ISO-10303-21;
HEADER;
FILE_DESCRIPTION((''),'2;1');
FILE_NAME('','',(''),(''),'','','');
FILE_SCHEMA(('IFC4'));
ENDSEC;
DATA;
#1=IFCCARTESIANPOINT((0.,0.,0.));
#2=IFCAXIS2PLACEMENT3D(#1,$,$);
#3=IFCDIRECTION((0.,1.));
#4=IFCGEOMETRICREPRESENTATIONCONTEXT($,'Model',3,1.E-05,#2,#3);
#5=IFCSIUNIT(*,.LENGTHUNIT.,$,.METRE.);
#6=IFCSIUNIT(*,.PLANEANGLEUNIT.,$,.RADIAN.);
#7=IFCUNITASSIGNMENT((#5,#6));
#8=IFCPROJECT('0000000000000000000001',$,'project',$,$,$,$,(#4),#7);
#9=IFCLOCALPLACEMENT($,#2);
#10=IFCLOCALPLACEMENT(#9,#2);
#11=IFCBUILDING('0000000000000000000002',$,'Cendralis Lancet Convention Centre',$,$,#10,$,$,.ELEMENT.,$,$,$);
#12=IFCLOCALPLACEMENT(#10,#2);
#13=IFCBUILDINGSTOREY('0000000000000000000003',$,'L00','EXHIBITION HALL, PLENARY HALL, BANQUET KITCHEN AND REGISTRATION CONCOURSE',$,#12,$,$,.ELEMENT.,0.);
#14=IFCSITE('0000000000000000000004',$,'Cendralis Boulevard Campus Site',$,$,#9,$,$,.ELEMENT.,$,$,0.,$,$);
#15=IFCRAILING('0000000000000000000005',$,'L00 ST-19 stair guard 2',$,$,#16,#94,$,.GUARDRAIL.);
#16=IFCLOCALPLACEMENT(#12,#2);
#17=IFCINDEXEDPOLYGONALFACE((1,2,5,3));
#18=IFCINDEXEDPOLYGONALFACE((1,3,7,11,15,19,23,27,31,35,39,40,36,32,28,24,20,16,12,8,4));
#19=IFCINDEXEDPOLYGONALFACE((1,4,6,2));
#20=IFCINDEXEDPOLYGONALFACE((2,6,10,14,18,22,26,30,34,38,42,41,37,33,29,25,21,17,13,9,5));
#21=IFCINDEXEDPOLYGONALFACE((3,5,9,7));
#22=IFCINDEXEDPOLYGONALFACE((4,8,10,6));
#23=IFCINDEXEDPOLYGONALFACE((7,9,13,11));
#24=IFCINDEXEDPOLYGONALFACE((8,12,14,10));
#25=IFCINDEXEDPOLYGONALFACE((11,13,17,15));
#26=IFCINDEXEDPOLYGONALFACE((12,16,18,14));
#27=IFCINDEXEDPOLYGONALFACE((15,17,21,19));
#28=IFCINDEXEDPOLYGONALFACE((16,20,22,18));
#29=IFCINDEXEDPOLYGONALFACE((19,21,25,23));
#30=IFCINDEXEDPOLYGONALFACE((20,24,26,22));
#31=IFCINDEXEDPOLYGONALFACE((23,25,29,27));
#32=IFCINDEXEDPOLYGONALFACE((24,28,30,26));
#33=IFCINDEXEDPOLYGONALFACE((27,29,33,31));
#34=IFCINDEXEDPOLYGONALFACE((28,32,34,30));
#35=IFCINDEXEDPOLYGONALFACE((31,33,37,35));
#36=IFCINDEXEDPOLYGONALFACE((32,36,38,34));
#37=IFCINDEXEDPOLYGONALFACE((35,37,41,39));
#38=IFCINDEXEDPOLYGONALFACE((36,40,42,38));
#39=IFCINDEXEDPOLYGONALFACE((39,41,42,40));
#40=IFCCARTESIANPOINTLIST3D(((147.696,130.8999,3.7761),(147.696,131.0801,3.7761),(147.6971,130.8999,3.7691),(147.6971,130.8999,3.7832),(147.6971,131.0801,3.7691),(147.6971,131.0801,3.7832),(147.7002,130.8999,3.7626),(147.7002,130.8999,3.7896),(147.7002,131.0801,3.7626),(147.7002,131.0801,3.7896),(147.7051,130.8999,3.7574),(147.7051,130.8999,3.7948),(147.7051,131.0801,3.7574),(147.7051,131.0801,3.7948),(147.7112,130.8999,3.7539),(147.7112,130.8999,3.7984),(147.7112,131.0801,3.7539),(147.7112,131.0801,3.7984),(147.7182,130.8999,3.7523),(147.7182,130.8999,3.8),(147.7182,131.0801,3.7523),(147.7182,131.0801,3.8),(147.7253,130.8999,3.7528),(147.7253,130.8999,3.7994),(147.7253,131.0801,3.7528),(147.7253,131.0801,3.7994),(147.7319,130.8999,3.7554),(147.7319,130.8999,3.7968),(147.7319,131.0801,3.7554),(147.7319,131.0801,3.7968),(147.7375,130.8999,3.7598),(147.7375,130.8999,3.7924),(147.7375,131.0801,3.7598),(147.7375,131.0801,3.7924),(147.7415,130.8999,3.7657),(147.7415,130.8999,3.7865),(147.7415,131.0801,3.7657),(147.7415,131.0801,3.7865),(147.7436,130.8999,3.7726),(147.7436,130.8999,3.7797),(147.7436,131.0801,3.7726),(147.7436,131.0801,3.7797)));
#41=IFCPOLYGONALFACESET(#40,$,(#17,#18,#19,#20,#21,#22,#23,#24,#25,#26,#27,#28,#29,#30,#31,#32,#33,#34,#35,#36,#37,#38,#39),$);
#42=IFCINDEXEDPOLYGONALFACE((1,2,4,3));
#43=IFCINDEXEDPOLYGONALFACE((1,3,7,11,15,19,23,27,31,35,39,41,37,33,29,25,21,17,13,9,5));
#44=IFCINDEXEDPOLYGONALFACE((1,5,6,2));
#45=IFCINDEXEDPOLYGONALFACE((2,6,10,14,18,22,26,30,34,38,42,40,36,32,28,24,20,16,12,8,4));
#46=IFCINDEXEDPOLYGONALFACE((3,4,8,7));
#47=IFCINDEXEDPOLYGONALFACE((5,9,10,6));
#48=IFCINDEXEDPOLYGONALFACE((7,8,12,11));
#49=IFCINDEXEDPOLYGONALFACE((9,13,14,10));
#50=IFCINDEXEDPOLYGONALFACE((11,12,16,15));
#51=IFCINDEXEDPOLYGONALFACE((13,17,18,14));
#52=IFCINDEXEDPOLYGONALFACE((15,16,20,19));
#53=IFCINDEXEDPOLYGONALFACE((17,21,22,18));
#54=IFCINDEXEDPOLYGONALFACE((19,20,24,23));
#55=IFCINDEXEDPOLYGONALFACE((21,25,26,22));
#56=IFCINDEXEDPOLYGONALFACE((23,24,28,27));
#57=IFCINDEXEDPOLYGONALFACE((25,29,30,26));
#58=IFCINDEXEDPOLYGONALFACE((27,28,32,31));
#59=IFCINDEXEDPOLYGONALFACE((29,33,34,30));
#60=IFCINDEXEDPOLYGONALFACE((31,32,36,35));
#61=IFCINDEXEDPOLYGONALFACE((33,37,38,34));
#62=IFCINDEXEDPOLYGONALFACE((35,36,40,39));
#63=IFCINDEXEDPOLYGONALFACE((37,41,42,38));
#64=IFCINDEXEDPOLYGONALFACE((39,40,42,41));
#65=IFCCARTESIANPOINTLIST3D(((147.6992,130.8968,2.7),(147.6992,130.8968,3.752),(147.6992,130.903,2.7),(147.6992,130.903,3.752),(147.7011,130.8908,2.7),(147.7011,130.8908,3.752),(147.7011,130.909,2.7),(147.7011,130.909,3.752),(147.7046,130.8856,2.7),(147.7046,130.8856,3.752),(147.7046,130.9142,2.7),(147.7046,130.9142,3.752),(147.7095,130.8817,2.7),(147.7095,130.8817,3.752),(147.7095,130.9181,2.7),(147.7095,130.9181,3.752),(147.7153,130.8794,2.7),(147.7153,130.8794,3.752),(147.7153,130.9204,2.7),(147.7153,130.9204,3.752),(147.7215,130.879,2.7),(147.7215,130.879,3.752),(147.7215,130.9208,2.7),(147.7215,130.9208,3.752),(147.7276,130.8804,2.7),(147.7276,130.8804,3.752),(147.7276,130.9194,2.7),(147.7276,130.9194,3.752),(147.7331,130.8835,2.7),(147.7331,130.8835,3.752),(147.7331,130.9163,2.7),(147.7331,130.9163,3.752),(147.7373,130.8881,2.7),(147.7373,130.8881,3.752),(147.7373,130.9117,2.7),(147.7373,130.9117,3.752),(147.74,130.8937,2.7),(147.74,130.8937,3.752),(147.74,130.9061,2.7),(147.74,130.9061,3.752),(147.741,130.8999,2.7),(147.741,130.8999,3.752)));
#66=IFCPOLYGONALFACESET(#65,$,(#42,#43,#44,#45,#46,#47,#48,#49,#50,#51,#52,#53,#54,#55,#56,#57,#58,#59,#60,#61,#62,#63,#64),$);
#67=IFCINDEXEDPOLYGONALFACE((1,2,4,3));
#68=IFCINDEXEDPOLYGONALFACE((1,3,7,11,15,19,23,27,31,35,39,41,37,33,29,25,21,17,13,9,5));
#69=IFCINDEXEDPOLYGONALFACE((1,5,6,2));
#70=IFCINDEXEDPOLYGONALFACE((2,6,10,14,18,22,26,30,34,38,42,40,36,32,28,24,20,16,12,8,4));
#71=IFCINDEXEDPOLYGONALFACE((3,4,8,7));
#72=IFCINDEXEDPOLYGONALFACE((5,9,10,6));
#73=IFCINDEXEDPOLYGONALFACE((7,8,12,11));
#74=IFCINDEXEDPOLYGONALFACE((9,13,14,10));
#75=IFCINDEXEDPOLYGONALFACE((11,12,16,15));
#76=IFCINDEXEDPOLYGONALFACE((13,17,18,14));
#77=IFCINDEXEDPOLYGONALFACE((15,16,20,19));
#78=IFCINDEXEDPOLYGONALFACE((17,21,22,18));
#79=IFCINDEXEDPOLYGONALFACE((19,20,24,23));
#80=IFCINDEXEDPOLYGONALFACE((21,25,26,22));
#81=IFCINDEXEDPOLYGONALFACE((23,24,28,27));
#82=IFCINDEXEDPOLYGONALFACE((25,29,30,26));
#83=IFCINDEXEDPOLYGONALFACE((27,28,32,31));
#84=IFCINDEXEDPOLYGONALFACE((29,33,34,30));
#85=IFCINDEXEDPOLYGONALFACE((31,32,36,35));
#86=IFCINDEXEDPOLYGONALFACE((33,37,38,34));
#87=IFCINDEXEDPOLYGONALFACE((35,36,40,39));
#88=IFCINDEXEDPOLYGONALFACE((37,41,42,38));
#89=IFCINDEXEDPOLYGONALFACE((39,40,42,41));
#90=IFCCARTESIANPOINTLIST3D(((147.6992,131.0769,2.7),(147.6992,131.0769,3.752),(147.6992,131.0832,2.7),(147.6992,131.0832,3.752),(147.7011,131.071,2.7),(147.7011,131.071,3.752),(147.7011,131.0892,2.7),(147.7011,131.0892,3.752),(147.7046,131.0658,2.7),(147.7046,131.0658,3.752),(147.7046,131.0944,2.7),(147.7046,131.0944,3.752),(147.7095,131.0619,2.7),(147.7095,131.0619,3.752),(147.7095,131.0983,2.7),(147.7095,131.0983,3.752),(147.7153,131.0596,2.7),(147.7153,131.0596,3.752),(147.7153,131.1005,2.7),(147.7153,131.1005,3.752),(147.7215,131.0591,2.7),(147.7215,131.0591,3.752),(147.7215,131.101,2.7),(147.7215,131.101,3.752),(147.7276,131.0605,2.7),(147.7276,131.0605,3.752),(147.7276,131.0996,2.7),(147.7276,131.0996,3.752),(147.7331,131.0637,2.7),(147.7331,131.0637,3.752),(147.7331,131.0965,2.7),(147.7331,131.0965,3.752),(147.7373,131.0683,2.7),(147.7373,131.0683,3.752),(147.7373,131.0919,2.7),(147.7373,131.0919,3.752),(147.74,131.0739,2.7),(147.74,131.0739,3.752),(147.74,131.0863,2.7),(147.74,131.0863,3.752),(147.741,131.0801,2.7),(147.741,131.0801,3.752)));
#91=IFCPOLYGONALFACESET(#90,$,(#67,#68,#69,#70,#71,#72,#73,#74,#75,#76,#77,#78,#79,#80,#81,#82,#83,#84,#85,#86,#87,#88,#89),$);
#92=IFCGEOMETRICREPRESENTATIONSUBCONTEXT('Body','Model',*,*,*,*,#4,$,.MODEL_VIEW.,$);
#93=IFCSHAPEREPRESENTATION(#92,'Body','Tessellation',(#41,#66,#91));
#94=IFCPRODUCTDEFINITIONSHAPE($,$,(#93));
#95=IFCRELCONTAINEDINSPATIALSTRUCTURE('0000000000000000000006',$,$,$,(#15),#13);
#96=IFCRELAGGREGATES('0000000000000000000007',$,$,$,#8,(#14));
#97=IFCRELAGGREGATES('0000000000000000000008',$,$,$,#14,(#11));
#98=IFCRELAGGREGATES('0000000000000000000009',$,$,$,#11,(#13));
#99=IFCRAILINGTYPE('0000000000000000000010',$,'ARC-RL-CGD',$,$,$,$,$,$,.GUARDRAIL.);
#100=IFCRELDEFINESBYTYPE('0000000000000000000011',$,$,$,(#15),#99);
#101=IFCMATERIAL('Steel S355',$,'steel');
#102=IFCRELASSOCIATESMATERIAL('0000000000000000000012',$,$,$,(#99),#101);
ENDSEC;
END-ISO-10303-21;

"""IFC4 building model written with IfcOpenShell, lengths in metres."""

from ifc_helpers import new_model, si_unit, direction, frame, origin, origin_2d, place, context, subcontext, project, spatial, circle, extrude, material, type_object, element, save


model = new_model("IFC4")

# Units and contexts
model_context = context("Model", 3, precision=1e-05, world=origin(), true_north=direction((0.0, 1.0)))
body_context = subcontext(model_context, "Body", "Model", "MODEL_VIEW")
ifc_project = project(units=[si_unit("LENGTHUNIT", "METRE"), si_unit("PLANEANGLEUNIT", "RADIAN")], contexts=[model_context])

# Site, building, storey
site_placement = place(None, origin())
site = spatial("IfcSite", under=ifc_project, at=site_placement, Name="Cendralis Boulevard Campus Site", CompositionType="ELEMENT", RefElevation=0.0)
building_placement = place(site_placement, origin())
building = spatial("IfcBuilding", under=site, at=building_placement, Name="Cendralis Lancet Convention Centre", CompositionType="ELEMENT")
storey_placement = place(building_placement, origin())
storey = spatial("IfcBuildingStorey", under=building, at=storey_placement, Name="L00", Description="EXHIBITION HALL, PLENARY HALL, BANQUET KITCHEN AND REGISTRATION CONCOURSE", CompositionType="ELEMENT", Elevation=0.0)

# Shared definitions
ifc_material_1 = material(Name="Steel S355", Category="steel")

# Railing
railing_type_1 = type_object("IfcRailingType", Name="ARC-RL-CGD", PredefinedType="GUARDRAIL", material=ifc_material_1)
railing_1_placement = place(storey_placement, frame((147.72, 130.8999, 2.7)))
element("IfcRailing", 1, at=railing_1_placement, inside=storey, type_object=railing_type_1, Name="L00 ST-19 stair guard 2", PredefinedType="GUARDRAIL", context=body_context, shape_type="SweptSolid", body=[
    extrude(circle(Radius=0.0239, at=origin_2d()), frame((0.0, 0.0, 1.0762), z_axis=(0.0, 1.0, 0.0), x_axis=(-1.0, 0.0, 0.0)), (0.0, 0.0, 1.0), 0.1802),
    extrude(circle(Radius=0.021, at=origin_2d()), origin(), (0.0, 0.0, 1.0), 1.052),
    extrude(circle(Radius=0.021, at=origin_2d()), frame((0.0, 0.1802, 0.0)), (0.0, 0.0, 1.0), 1.052),
])

save(model, "model.ifc")
